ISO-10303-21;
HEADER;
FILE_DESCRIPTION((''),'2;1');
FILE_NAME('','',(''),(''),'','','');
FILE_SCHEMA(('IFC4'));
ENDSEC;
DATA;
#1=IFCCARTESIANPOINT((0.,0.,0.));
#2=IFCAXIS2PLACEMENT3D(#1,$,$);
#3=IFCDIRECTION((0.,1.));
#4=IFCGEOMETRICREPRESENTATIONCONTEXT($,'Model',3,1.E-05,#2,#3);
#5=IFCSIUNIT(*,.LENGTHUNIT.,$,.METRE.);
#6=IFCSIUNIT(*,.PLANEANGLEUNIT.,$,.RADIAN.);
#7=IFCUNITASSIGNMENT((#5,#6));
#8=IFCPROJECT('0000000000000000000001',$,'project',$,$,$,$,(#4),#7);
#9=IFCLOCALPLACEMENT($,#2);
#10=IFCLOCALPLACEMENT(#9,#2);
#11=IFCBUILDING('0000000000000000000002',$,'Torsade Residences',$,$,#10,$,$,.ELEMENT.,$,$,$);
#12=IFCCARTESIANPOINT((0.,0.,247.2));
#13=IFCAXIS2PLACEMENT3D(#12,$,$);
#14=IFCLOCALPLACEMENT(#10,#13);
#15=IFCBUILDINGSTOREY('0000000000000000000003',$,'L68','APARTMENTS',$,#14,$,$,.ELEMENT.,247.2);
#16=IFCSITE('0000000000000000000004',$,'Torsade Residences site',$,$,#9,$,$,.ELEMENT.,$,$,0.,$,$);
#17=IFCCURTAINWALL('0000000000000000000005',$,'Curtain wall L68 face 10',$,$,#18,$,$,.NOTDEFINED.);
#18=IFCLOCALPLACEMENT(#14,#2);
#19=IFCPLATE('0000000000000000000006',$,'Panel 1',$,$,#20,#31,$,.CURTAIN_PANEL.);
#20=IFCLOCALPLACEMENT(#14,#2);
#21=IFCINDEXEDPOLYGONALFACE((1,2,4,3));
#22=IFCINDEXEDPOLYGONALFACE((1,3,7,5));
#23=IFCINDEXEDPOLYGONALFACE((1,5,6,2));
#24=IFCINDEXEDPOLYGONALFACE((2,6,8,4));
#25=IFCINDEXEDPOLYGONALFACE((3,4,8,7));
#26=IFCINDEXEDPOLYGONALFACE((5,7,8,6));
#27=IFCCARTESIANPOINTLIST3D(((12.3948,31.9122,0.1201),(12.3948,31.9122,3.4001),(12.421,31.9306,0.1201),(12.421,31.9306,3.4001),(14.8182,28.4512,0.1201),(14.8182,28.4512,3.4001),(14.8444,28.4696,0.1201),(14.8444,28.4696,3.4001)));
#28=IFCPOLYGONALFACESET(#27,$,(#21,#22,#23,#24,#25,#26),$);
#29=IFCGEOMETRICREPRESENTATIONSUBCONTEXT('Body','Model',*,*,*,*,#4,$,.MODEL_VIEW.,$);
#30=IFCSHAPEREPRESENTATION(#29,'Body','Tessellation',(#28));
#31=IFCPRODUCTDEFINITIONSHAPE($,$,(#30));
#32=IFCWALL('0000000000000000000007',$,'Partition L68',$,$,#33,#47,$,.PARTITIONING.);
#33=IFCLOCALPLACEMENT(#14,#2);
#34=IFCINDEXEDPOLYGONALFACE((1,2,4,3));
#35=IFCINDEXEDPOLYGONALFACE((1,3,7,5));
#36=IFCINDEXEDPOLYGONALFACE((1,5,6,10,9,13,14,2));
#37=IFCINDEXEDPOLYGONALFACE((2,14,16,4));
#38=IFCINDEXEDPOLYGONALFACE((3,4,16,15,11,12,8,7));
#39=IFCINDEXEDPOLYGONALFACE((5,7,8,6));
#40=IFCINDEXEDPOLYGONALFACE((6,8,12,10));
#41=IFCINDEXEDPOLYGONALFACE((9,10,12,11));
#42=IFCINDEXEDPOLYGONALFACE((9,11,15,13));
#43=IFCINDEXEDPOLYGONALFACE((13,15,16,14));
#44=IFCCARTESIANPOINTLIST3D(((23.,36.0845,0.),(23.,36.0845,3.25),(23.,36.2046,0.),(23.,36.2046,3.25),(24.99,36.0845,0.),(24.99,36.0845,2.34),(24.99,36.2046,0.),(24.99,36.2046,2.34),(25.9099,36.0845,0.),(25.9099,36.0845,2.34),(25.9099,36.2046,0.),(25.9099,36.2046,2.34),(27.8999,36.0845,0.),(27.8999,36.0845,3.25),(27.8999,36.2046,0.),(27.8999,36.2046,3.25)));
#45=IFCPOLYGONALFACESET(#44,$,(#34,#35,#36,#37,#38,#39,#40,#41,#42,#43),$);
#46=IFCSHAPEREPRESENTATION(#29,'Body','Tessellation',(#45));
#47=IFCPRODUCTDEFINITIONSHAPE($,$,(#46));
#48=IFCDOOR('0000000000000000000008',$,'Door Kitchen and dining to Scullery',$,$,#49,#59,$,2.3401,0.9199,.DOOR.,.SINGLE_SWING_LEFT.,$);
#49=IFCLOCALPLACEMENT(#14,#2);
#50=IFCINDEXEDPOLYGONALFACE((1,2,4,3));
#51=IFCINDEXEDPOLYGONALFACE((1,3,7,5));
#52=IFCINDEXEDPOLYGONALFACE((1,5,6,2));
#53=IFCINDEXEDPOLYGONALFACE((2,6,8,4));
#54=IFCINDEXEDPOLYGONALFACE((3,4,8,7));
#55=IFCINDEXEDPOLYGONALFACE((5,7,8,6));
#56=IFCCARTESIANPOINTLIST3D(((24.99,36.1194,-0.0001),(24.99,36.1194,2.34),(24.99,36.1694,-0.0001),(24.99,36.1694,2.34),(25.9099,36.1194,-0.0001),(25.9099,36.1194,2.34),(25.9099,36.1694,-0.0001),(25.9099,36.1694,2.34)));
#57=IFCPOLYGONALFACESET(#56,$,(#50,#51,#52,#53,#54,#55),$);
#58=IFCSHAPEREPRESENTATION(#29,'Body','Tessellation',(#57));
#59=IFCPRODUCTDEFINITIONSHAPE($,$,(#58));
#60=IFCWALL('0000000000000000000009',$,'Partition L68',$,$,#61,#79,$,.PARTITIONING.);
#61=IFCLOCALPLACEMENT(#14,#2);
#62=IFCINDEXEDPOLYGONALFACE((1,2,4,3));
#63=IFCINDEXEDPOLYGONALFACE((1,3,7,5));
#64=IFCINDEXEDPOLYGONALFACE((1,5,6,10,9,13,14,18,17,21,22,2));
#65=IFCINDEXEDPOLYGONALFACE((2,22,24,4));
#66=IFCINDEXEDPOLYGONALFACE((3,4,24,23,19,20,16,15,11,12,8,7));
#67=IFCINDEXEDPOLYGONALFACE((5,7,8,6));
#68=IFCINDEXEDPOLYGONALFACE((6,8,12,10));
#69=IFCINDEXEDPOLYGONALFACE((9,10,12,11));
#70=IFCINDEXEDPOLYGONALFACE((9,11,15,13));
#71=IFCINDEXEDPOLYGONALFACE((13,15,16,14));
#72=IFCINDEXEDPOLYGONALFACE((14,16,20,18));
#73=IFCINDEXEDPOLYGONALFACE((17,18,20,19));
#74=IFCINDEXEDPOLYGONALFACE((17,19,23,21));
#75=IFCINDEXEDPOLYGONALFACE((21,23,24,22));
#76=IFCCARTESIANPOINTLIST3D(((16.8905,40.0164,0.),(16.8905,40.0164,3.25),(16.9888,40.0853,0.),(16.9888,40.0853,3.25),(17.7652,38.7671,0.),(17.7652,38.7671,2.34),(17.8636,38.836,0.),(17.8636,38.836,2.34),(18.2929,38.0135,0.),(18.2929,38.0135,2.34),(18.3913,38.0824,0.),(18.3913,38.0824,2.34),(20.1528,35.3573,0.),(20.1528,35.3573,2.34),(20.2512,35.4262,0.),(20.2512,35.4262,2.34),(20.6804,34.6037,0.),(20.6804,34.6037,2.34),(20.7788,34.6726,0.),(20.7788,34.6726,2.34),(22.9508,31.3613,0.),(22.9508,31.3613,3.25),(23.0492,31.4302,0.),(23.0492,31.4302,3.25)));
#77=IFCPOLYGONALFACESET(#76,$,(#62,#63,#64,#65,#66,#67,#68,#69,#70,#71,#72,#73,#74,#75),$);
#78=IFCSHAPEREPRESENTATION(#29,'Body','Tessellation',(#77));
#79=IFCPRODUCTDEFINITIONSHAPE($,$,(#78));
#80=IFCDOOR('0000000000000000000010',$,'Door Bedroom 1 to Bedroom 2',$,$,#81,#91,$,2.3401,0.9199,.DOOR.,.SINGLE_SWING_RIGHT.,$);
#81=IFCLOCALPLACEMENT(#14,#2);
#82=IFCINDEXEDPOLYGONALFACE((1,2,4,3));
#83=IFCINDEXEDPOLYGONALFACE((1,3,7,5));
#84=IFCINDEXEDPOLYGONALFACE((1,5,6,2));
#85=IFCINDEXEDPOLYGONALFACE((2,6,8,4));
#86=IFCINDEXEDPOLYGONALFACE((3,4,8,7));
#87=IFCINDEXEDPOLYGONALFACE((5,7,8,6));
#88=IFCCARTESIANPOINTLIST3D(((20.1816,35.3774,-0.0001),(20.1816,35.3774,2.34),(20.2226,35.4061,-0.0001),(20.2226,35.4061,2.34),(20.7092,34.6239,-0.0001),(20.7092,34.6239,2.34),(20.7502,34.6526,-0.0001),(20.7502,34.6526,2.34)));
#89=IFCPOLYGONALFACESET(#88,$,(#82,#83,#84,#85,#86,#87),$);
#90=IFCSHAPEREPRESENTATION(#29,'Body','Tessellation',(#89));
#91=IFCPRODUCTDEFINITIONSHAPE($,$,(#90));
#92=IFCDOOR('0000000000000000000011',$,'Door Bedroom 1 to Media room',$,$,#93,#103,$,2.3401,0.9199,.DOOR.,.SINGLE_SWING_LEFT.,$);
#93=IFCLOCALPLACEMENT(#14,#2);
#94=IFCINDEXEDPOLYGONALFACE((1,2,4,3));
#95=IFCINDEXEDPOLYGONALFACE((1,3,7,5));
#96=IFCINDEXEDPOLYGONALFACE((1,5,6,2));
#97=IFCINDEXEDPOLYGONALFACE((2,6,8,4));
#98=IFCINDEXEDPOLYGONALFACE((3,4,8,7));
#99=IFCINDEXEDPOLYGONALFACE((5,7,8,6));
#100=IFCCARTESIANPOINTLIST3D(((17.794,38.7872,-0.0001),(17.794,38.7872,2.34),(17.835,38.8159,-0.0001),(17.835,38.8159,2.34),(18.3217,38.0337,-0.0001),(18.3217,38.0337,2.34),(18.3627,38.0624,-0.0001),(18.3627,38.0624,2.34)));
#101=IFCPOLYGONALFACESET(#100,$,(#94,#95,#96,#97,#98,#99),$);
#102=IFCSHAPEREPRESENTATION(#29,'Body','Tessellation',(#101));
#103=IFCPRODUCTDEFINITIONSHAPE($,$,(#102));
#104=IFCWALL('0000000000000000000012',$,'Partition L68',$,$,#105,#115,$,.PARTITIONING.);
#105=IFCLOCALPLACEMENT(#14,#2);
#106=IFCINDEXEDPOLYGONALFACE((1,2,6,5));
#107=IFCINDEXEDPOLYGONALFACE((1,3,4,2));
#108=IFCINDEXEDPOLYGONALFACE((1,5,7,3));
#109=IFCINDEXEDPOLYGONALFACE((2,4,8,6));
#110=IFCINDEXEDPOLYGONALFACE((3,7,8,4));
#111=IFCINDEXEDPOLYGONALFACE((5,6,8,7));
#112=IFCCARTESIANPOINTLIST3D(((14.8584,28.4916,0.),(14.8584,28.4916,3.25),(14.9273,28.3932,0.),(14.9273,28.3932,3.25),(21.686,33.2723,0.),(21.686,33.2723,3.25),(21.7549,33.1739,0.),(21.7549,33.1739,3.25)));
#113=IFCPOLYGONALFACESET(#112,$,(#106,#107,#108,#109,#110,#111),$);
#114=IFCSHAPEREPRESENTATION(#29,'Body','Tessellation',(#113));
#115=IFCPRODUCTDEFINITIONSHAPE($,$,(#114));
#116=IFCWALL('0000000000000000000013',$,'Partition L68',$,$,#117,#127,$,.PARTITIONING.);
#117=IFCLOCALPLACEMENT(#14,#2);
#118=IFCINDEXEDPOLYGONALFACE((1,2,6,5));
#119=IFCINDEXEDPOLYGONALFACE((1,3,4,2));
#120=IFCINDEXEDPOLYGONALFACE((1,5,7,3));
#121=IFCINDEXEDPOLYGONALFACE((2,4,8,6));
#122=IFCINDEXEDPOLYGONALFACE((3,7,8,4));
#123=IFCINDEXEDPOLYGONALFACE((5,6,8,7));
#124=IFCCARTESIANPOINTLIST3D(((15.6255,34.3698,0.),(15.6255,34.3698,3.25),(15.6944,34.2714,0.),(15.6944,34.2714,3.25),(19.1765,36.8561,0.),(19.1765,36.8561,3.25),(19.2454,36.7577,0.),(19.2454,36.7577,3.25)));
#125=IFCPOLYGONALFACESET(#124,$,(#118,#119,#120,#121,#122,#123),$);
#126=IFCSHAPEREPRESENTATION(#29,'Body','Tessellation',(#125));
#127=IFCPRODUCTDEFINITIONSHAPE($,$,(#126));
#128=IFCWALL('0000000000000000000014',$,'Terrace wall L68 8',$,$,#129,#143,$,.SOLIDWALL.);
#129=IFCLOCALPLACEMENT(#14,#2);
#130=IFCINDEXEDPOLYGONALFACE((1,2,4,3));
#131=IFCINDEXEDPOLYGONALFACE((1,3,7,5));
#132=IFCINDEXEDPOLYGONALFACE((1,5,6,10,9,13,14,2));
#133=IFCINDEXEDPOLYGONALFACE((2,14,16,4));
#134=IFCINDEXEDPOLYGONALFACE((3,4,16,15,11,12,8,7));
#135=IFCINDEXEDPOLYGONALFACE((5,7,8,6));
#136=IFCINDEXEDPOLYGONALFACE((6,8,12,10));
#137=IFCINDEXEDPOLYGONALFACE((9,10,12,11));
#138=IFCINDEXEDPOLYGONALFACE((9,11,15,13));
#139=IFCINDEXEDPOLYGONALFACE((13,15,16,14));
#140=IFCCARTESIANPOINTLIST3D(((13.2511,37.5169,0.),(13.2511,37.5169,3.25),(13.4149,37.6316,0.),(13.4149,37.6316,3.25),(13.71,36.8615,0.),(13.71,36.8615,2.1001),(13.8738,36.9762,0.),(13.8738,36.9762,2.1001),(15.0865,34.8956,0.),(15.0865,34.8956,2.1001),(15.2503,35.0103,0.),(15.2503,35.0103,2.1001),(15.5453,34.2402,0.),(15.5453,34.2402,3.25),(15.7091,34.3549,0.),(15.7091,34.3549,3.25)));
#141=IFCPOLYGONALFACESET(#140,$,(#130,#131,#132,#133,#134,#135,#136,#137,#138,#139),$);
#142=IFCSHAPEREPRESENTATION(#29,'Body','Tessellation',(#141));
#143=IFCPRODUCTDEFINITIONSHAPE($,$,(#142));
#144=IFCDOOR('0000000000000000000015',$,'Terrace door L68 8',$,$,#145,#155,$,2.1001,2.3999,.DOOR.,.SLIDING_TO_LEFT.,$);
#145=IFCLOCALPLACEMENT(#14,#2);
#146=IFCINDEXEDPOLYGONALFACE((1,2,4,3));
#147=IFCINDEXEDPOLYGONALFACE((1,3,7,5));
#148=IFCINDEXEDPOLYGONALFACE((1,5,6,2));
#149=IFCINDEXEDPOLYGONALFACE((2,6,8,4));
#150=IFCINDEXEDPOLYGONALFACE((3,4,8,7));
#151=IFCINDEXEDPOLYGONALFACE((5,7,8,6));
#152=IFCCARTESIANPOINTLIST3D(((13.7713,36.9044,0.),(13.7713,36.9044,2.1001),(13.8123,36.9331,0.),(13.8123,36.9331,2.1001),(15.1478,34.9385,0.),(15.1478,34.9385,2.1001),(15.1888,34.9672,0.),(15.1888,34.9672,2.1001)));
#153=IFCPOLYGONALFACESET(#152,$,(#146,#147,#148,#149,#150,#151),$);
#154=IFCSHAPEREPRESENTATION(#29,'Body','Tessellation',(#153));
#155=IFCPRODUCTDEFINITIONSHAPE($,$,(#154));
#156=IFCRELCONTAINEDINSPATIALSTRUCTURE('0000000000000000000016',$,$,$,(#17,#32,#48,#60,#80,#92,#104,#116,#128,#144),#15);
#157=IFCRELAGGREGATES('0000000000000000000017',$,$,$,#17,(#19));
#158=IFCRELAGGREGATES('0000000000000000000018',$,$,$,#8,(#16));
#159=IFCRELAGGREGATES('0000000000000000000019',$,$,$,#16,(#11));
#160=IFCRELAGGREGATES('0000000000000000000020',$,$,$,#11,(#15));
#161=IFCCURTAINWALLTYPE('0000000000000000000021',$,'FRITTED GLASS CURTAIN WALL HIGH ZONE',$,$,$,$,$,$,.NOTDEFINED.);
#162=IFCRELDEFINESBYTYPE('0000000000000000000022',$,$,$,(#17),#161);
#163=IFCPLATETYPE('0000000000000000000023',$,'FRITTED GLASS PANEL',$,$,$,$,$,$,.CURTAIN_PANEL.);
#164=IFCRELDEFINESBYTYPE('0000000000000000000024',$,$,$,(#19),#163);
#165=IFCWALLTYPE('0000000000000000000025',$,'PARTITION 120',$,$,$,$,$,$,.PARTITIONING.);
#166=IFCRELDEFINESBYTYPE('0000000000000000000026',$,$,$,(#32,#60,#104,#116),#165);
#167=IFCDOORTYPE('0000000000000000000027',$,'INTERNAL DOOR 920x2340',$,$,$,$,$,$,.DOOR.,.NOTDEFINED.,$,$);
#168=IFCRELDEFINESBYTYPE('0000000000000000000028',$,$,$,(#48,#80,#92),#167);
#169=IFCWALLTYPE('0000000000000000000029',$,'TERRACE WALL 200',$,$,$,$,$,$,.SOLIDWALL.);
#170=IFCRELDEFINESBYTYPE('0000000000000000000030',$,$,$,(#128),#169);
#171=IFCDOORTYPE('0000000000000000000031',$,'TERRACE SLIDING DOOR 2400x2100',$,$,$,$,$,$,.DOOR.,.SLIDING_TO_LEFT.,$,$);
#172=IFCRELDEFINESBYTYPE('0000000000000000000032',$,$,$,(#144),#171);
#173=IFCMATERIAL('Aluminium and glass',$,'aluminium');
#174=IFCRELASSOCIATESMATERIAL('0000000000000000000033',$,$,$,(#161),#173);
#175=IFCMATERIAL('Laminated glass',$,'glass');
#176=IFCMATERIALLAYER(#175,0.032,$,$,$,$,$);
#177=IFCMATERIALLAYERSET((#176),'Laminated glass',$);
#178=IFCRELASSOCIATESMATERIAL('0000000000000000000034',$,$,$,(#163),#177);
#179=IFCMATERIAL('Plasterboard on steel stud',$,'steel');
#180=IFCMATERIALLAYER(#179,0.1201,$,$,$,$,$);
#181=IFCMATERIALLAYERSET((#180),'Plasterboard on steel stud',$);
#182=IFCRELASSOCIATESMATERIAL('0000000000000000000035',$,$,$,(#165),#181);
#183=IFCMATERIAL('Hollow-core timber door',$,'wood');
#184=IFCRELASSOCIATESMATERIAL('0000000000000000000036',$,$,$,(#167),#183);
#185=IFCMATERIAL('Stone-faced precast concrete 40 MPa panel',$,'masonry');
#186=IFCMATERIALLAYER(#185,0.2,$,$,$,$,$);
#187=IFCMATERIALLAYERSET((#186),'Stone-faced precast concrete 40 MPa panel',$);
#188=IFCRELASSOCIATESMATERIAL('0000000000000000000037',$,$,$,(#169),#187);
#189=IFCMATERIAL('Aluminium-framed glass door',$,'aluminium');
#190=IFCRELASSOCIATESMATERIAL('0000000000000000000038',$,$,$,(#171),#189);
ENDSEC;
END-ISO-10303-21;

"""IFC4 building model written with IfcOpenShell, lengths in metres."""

from ifc_helpers import new_model, si_unit, direction, frame, frame_2d, origin, origin_2d, place, context, subcontext, project, spatial, rectangle, extrude, material, layer, layer_set, type_object, element, fill, aggregate, save


model = new_model("IFC4")

# Units and contexts
model_context = context("Model", 3, precision=1e-05, world=origin(), true_north=direction((0.0, 1.0)))
body_context = subcontext(model_context, "Body", "Model", "MODEL_VIEW")
ifc_project = project(units=[si_unit("LENGTHUNIT", "METRE"), si_unit("PLANEANGLEUNIT", "RADIAN")], contexts=[model_context])

# Site, building, storey
site_placement = place(None, origin())
site = spatial("IfcSite", under=ifc_project, at=site_placement, Name="Torsade Residences site", CompositionType="ELEMENT", RefElevation=0.0)
building_placement = place(site_placement, origin())
building = spatial("IfcBuilding", under=site, at=building_placement, Name="Torsade Residences", CompositionType="ELEMENT")
storey_placement = place(building_placement, frame((0.0, 0.0, 247.2)))
storey = spatial("IfcBuildingStorey", under=building, at=storey_placement, Name="L68", Description="APARTMENTS", CompositionType="ELEMENT", Elevation=247.2)

# Shared definitions
ifc_material_1 = material(Name="Aluminium and glass", Category="aluminium")
curtain_wall_type = type_object("IfcCurtainWallType", Name="FRITTED GLASS CURTAIN WALL HIGH ZONE", PredefinedType="NOTDEFINED", material=ifc_material_1)

# Curtain wall
curtain_wall_1_placement = place(storey_placement, origin())
curtain_wall_1 = element("IfcCurtainWall", 1, at=curtain_wall_1_placement, inside=storey, type_object=curtain_wall_type, Name="Curtain wall L68 face 10", PredefinedType="NOTDEFINED")

# Plate
ifc_material_2 = material(Name="Laminated glass", Category="glass")
ifc_layer_1 = layer(ifc_material_2, 0.032)
ifc_layer_set_1 = layer_set([ifc_layer_1], Name="Laminated glass")
plate_type = type_object("IfcPlateType", Name="FRITTED GLASS PANEL", PredefinedType="CURTAIN_PANEL", material=ifc_layer_set_1)
plate_placement = place(storey_placement, frame((13.6196, 30.1909, 0.1201), z_axis=(0.0, 0.0, 1.0), x_axis=(0.573576, -0.819152, 0.0)))
plate = element("IfcPlate", 2, at=plate_placement, type_object=plate_type, Name="Panel 1", PredefinedType="CURTAIN_PANEL", context=body_context, shape_type="SweptSolid", body=[
    extrude(rectangle(XDim=4.2251, YDim=0.032, at=origin_2d()), origin(), (0.0, 0.0, 1.0), 3.28),
])
aggregate(curtain_wall_1, [plate])

# Wall, opening, door
ifc_material_3 = material(Name="Plasterboard on steel stud", Category="steel")
ifc_layer_2 = layer(ifc_material_3, 0.1201)
ifc_layer_set_2 = layer_set([ifc_layer_2], Name="Plasterboard on steel stud")
wall_type_1 = type_object("IfcWallType", Name="PARTITION 120", PredefinedType="PARTITIONING", material=ifc_layer_set_2)
wall_1_placement = place(storey_placement, frame((23.0, 36.1445, 0.0), z_axis=(0.0, 0.0, 1.0), x_axis=(1.0, 0.0, 0.0)))
wall_1 = element("IfcWall", 3, at=wall_1_placement, inside=storey, type_object=wall_type_1, Name="Partition L68", PredefinedType="PARTITIONING", context=body_context, shape_type="SweptSolid", body=[
    extrude(rectangle(XDim=4.8999, YDim=0.1201, at=frame_2d((2.45, 0.0))), origin(), (0.0, 0.0, 1.0), 3.25),
])
opening_1_placement = place(wall_1_placement, frame((1.99, 0.0, 0.0)))
opening_1 = element("IfcOpeningElement", 4, at=opening_1_placement, cuts=wall_1, PredefinedType="OPENING", context=body_context, shape_type="SweptSolid", body=[
    extrude(rectangle(XDim=0.9199, YDim=2.3401, at=frame_2d((0.46, 1.1699))), frame((0.0, 0.0701, 0.0), z_axis=(0.0, -1.0, 0.0), x_axis=(1.0, 0.0, 0.0)), (0.0, 0.0, 1.0), 0.1401),
])
ifc_material_4 = material(Name="Hollow-core timber door", Category="wood")
door_type_1 = type_object("IfcDoorType", Name="INTERNAL DOOR 920x2340", OperationType="NOTDEFINED", PredefinedType="DOOR", material=ifc_material_4)
door_1_placement = place(opening_1_placement, origin())
door_1 = element("IfcDoor", 5, at=door_1_placement, inside=storey, type_object=door_type_1, Name="Door Kitchen and dining to Scullery", OperationType="SINGLE_SWING_LEFT", OverallHeight=2.3401, OverallWidth=0.9199, PredefinedType="DOOR", context=body_context, shape_type="SweptSolid", body=[
    extrude(rectangle(XDim=0.9199, YDim=2.3401, at=frame_2d((0.46, 1.1699))), frame((0.0, 0.0249, 0.0), z_axis=(0.0, -1.0, 0.0), x_axis=(1.0, 0.0, 0.0)), (0.0, 0.0, 1.0), 0.05),
])
fill(opening_1, door_1)

# Wall, openings, doors
wall_2_placement = place(storey_placement, frame((23.0, 31.3958, 0.0), z_axis=(0.0, 0.0, 1.0), x_axis=(-0.573576, 0.819153, 0.0)))
wall_2 = element("IfcWall", 6, at=wall_2_placement, inside=storey, type_object=wall_type_1, Name="Partition L68", PredefinedType="PARTITIONING", context=body_context, shape_type="SweptSolid", body=[
    extrude(rectangle(XDim=10.5659, YDim=0.1201, at=frame_2d((5.283, 0.0))), origin(), (0.0, 0.0, 1.0), 3.25),
])
opening_2_placement = place(wall_2_placement, frame((3.9583, 0.0, 0.0)))
opening_2 = element("IfcOpeningElement", 7, at=opening_2_placement, cuts=wall_2, PredefinedType="OPENING", context=body_context, shape_type="SweptSolid", body=[
    extrude(rectangle(XDim=0.9199, YDim=2.3401, at=frame_2d((0.46, 1.1699))), frame((0.0, 0.0701, 0.0), z_axis=(0.0, -1.0, 0.0), x_axis=(1.0, 0.0, 0.0)), (0.0, 0.0, 1.0), 0.1401),
])
opening_3_placement = place(wall_2_placement, frame((8.1208, 0.0, 0.0)))
opening_3 = element("IfcOpeningElement", 8, at=opening_3_placement, cuts=wall_2, PredefinedType="OPENING", context=body_context, shape_type="SweptSolid", body=[
    extrude(rectangle(XDim=0.9199, YDim=2.3401, at=frame_2d((0.46, 1.1699))), frame((0.0, 0.0701, 0.0), z_axis=(0.0, -1.0, 0.0), x_axis=(1.0, 0.0, 0.0)), (0.0, 0.0, 1.0), 0.1401),
])
door_2_placement = place(opening_2_placement, origin())
door_2 = element("IfcDoor", 9, at=door_2_placement, inside=storey, type_object=door_type_1, Name="Door Bedroom 1 to Bedroom 2", OperationType="SINGLE_SWING_RIGHT", OverallHeight=2.3401, OverallWidth=0.9199, PredefinedType="DOOR", context=body_context, shape_type="SweptSolid", body=[
    extrude(rectangle(XDim=0.9199, YDim=2.3401, at=frame_2d((0.46, 1.1699))), frame((0.0, 0.0249, 0.0), z_axis=(0.0, -1.0, 0.0), x_axis=(1.0, 0.0, 0.0)), (0.0, 0.0, 1.0), 0.05),
])
fill(opening_2, door_2)
door_3_placement = place(opening_3_placement, origin())
door_3 = element("IfcDoor", 10, at=door_3_placement, inside=storey, type_object=door_type_1, Name="Door Bedroom 1 to Media room", OperationType="SINGLE_SWING_LEFT", OverallHeight=2.3401, OverallWidth=0.9199, PredefinedType="DOOR", context=body_context, shape_type="SweptSolid", body=[
    extrude(rectangle(XDim=0.9199, YDim=2.3401, at=frame_2d((0.46, 1.1699))), frame((0.0, 0.0249, 0.0), z_axis=(0.0, -1.0, 0.0), x_axis=(1.0, 0.0, 0.0)), (0.0, 0.0, 1.0), 0.05),
])
fill(opening_3, door_3)

# Walls
wall_3_placement = place(storey_placement, frame((21.7205, 33.2231, 0.0), z_axis=(0.0, 0.0, 1.0), x_axis=(-0.819152, -0.573576, 0.0)))
element("IfcWall", 11, at=wall_3_placement, inside=storey, type_object=wall_type_1, Name="Partition L68", PredefinedType="PARTITIONING", context=body_context, shape_type="SweptSolid", body=[
    extrude(rectangle(XDim=8.335, YDim=0.1201, at=frame_2d((4.1675, 0.0))), origin(), (0.0, 0.0, 1.0), 3.25),
])
wall_4_placement = place(storey_placement, frame((15.6599, 34.3206, 0.0), z_axis=(0.0, 0.0, 1.0), x_axis=(0.819166, 0.573557, 0.0)))
element("IfcWall", 12, at=wall_4_placement, inside=storey, type_object=wall_type_1, Name="Partition L68", PredefinedType="PARTITIONING", context=body_context, shape_type="SweptSolid", body=[
    extrude(rectangle(XDim=4.335, YDim=0.1201, at=frame_2d((2.1675, 0.0))), origin(), (0.0, 0.0, 1.0), 3.25),
])

# Wall, opening, door
ifc_material_5 = material(Name="Stone-faced precast concrete 40 MPa panel", Category="masonry")
ifc_layer_3 = layer(ifc_material_5, 0.2)
ifc_layer_set_3 = layer_set([ifc_layer_3], Name="Stone-faced precast concrete 40 MPa panel")
wall_type_2 = type_object("IfcWallType", Name="TERRACE WALL 200", PredefinedType="SOLIDWALL", material=ifc_layer_set_3)
wall_5_placement = place(storey_placement, frame((13.333, 37.5742, 0.0), z_axis=(0.0, 0.0, 1.0), x_axis=(0.573557, -0.819166, 0.0)))
wall_5 = element("IfcWall", 13, at=wall_5_placement, inside=storey, type_object=wall_type_2, Name="Terrace wall L68 8", PredefinedType="SOLIDWALL", context=body_context, shape_type="SweptSolid", body=[
    extrude(rectangle(XDim=4.0, YDim=0.2, at=frame_2d((2.0, 0.0))), origin(), (0.0, 0.0, 1.0), 3.25),
])
opening_4_placement = place(wall_5_placement, frame((0.8, 0.0, 0.0)))
opening_4 = element("IfcOpeningElement", 14, at=opening_4_placement, cuts=wall_5, PredefinedType="OPENING", context=body_context, shape_type="SweptSolid", body=[
    extrude(rectangle(XDim=2.3999, YDim=2.1001, at=frame_2d((1.2, 1.05))), frame((0.0, 0.1099, 0.0), z_axis=(0.0, -1.0, 0.0), x_axis=(1.0, 0.0, 0.0)), (0.0, 0.0, 1.0), 0.22),
])
ifc_material_6 = material(Name="Aluminium-framed glass door", Category="aluminium")
door_type_2 = type_object("IfcDoorType", Name="TERRACE SLIDING DOOR 2400x2100", OperationType="SLIDING_TO_LEFT", PredefinedType="DOOR", material=ifc_material_6)
door_4_placement = place(opening_4_placement, origin())
door_4 = element("IfcDoor", 15, at=door_4_placement, inside=storey, type_object=door_type_2, Name="Terrace door L68 8", OperationType="SLIDING_TO_LEFT", OverallHeight=2.1001, OverallWidth=2.3999, PredefinedType="DOOR", context=body_context, shape_type="SweptSolid", body=[
    extrude(rectangle(XDim=2.3999, YDim=2.1001, at=frame_2d((1.2, 1.05))), frame((0.0, 0.0249, 0.0), z_axis=(0.0, -1.0, 0.0), x_axis=(1.0, 0.0, 0.0)), (0.0, 0.0, 1.0), 0.05),
])
fill(opening_4, door_4)

save(model, "model.ifc")
